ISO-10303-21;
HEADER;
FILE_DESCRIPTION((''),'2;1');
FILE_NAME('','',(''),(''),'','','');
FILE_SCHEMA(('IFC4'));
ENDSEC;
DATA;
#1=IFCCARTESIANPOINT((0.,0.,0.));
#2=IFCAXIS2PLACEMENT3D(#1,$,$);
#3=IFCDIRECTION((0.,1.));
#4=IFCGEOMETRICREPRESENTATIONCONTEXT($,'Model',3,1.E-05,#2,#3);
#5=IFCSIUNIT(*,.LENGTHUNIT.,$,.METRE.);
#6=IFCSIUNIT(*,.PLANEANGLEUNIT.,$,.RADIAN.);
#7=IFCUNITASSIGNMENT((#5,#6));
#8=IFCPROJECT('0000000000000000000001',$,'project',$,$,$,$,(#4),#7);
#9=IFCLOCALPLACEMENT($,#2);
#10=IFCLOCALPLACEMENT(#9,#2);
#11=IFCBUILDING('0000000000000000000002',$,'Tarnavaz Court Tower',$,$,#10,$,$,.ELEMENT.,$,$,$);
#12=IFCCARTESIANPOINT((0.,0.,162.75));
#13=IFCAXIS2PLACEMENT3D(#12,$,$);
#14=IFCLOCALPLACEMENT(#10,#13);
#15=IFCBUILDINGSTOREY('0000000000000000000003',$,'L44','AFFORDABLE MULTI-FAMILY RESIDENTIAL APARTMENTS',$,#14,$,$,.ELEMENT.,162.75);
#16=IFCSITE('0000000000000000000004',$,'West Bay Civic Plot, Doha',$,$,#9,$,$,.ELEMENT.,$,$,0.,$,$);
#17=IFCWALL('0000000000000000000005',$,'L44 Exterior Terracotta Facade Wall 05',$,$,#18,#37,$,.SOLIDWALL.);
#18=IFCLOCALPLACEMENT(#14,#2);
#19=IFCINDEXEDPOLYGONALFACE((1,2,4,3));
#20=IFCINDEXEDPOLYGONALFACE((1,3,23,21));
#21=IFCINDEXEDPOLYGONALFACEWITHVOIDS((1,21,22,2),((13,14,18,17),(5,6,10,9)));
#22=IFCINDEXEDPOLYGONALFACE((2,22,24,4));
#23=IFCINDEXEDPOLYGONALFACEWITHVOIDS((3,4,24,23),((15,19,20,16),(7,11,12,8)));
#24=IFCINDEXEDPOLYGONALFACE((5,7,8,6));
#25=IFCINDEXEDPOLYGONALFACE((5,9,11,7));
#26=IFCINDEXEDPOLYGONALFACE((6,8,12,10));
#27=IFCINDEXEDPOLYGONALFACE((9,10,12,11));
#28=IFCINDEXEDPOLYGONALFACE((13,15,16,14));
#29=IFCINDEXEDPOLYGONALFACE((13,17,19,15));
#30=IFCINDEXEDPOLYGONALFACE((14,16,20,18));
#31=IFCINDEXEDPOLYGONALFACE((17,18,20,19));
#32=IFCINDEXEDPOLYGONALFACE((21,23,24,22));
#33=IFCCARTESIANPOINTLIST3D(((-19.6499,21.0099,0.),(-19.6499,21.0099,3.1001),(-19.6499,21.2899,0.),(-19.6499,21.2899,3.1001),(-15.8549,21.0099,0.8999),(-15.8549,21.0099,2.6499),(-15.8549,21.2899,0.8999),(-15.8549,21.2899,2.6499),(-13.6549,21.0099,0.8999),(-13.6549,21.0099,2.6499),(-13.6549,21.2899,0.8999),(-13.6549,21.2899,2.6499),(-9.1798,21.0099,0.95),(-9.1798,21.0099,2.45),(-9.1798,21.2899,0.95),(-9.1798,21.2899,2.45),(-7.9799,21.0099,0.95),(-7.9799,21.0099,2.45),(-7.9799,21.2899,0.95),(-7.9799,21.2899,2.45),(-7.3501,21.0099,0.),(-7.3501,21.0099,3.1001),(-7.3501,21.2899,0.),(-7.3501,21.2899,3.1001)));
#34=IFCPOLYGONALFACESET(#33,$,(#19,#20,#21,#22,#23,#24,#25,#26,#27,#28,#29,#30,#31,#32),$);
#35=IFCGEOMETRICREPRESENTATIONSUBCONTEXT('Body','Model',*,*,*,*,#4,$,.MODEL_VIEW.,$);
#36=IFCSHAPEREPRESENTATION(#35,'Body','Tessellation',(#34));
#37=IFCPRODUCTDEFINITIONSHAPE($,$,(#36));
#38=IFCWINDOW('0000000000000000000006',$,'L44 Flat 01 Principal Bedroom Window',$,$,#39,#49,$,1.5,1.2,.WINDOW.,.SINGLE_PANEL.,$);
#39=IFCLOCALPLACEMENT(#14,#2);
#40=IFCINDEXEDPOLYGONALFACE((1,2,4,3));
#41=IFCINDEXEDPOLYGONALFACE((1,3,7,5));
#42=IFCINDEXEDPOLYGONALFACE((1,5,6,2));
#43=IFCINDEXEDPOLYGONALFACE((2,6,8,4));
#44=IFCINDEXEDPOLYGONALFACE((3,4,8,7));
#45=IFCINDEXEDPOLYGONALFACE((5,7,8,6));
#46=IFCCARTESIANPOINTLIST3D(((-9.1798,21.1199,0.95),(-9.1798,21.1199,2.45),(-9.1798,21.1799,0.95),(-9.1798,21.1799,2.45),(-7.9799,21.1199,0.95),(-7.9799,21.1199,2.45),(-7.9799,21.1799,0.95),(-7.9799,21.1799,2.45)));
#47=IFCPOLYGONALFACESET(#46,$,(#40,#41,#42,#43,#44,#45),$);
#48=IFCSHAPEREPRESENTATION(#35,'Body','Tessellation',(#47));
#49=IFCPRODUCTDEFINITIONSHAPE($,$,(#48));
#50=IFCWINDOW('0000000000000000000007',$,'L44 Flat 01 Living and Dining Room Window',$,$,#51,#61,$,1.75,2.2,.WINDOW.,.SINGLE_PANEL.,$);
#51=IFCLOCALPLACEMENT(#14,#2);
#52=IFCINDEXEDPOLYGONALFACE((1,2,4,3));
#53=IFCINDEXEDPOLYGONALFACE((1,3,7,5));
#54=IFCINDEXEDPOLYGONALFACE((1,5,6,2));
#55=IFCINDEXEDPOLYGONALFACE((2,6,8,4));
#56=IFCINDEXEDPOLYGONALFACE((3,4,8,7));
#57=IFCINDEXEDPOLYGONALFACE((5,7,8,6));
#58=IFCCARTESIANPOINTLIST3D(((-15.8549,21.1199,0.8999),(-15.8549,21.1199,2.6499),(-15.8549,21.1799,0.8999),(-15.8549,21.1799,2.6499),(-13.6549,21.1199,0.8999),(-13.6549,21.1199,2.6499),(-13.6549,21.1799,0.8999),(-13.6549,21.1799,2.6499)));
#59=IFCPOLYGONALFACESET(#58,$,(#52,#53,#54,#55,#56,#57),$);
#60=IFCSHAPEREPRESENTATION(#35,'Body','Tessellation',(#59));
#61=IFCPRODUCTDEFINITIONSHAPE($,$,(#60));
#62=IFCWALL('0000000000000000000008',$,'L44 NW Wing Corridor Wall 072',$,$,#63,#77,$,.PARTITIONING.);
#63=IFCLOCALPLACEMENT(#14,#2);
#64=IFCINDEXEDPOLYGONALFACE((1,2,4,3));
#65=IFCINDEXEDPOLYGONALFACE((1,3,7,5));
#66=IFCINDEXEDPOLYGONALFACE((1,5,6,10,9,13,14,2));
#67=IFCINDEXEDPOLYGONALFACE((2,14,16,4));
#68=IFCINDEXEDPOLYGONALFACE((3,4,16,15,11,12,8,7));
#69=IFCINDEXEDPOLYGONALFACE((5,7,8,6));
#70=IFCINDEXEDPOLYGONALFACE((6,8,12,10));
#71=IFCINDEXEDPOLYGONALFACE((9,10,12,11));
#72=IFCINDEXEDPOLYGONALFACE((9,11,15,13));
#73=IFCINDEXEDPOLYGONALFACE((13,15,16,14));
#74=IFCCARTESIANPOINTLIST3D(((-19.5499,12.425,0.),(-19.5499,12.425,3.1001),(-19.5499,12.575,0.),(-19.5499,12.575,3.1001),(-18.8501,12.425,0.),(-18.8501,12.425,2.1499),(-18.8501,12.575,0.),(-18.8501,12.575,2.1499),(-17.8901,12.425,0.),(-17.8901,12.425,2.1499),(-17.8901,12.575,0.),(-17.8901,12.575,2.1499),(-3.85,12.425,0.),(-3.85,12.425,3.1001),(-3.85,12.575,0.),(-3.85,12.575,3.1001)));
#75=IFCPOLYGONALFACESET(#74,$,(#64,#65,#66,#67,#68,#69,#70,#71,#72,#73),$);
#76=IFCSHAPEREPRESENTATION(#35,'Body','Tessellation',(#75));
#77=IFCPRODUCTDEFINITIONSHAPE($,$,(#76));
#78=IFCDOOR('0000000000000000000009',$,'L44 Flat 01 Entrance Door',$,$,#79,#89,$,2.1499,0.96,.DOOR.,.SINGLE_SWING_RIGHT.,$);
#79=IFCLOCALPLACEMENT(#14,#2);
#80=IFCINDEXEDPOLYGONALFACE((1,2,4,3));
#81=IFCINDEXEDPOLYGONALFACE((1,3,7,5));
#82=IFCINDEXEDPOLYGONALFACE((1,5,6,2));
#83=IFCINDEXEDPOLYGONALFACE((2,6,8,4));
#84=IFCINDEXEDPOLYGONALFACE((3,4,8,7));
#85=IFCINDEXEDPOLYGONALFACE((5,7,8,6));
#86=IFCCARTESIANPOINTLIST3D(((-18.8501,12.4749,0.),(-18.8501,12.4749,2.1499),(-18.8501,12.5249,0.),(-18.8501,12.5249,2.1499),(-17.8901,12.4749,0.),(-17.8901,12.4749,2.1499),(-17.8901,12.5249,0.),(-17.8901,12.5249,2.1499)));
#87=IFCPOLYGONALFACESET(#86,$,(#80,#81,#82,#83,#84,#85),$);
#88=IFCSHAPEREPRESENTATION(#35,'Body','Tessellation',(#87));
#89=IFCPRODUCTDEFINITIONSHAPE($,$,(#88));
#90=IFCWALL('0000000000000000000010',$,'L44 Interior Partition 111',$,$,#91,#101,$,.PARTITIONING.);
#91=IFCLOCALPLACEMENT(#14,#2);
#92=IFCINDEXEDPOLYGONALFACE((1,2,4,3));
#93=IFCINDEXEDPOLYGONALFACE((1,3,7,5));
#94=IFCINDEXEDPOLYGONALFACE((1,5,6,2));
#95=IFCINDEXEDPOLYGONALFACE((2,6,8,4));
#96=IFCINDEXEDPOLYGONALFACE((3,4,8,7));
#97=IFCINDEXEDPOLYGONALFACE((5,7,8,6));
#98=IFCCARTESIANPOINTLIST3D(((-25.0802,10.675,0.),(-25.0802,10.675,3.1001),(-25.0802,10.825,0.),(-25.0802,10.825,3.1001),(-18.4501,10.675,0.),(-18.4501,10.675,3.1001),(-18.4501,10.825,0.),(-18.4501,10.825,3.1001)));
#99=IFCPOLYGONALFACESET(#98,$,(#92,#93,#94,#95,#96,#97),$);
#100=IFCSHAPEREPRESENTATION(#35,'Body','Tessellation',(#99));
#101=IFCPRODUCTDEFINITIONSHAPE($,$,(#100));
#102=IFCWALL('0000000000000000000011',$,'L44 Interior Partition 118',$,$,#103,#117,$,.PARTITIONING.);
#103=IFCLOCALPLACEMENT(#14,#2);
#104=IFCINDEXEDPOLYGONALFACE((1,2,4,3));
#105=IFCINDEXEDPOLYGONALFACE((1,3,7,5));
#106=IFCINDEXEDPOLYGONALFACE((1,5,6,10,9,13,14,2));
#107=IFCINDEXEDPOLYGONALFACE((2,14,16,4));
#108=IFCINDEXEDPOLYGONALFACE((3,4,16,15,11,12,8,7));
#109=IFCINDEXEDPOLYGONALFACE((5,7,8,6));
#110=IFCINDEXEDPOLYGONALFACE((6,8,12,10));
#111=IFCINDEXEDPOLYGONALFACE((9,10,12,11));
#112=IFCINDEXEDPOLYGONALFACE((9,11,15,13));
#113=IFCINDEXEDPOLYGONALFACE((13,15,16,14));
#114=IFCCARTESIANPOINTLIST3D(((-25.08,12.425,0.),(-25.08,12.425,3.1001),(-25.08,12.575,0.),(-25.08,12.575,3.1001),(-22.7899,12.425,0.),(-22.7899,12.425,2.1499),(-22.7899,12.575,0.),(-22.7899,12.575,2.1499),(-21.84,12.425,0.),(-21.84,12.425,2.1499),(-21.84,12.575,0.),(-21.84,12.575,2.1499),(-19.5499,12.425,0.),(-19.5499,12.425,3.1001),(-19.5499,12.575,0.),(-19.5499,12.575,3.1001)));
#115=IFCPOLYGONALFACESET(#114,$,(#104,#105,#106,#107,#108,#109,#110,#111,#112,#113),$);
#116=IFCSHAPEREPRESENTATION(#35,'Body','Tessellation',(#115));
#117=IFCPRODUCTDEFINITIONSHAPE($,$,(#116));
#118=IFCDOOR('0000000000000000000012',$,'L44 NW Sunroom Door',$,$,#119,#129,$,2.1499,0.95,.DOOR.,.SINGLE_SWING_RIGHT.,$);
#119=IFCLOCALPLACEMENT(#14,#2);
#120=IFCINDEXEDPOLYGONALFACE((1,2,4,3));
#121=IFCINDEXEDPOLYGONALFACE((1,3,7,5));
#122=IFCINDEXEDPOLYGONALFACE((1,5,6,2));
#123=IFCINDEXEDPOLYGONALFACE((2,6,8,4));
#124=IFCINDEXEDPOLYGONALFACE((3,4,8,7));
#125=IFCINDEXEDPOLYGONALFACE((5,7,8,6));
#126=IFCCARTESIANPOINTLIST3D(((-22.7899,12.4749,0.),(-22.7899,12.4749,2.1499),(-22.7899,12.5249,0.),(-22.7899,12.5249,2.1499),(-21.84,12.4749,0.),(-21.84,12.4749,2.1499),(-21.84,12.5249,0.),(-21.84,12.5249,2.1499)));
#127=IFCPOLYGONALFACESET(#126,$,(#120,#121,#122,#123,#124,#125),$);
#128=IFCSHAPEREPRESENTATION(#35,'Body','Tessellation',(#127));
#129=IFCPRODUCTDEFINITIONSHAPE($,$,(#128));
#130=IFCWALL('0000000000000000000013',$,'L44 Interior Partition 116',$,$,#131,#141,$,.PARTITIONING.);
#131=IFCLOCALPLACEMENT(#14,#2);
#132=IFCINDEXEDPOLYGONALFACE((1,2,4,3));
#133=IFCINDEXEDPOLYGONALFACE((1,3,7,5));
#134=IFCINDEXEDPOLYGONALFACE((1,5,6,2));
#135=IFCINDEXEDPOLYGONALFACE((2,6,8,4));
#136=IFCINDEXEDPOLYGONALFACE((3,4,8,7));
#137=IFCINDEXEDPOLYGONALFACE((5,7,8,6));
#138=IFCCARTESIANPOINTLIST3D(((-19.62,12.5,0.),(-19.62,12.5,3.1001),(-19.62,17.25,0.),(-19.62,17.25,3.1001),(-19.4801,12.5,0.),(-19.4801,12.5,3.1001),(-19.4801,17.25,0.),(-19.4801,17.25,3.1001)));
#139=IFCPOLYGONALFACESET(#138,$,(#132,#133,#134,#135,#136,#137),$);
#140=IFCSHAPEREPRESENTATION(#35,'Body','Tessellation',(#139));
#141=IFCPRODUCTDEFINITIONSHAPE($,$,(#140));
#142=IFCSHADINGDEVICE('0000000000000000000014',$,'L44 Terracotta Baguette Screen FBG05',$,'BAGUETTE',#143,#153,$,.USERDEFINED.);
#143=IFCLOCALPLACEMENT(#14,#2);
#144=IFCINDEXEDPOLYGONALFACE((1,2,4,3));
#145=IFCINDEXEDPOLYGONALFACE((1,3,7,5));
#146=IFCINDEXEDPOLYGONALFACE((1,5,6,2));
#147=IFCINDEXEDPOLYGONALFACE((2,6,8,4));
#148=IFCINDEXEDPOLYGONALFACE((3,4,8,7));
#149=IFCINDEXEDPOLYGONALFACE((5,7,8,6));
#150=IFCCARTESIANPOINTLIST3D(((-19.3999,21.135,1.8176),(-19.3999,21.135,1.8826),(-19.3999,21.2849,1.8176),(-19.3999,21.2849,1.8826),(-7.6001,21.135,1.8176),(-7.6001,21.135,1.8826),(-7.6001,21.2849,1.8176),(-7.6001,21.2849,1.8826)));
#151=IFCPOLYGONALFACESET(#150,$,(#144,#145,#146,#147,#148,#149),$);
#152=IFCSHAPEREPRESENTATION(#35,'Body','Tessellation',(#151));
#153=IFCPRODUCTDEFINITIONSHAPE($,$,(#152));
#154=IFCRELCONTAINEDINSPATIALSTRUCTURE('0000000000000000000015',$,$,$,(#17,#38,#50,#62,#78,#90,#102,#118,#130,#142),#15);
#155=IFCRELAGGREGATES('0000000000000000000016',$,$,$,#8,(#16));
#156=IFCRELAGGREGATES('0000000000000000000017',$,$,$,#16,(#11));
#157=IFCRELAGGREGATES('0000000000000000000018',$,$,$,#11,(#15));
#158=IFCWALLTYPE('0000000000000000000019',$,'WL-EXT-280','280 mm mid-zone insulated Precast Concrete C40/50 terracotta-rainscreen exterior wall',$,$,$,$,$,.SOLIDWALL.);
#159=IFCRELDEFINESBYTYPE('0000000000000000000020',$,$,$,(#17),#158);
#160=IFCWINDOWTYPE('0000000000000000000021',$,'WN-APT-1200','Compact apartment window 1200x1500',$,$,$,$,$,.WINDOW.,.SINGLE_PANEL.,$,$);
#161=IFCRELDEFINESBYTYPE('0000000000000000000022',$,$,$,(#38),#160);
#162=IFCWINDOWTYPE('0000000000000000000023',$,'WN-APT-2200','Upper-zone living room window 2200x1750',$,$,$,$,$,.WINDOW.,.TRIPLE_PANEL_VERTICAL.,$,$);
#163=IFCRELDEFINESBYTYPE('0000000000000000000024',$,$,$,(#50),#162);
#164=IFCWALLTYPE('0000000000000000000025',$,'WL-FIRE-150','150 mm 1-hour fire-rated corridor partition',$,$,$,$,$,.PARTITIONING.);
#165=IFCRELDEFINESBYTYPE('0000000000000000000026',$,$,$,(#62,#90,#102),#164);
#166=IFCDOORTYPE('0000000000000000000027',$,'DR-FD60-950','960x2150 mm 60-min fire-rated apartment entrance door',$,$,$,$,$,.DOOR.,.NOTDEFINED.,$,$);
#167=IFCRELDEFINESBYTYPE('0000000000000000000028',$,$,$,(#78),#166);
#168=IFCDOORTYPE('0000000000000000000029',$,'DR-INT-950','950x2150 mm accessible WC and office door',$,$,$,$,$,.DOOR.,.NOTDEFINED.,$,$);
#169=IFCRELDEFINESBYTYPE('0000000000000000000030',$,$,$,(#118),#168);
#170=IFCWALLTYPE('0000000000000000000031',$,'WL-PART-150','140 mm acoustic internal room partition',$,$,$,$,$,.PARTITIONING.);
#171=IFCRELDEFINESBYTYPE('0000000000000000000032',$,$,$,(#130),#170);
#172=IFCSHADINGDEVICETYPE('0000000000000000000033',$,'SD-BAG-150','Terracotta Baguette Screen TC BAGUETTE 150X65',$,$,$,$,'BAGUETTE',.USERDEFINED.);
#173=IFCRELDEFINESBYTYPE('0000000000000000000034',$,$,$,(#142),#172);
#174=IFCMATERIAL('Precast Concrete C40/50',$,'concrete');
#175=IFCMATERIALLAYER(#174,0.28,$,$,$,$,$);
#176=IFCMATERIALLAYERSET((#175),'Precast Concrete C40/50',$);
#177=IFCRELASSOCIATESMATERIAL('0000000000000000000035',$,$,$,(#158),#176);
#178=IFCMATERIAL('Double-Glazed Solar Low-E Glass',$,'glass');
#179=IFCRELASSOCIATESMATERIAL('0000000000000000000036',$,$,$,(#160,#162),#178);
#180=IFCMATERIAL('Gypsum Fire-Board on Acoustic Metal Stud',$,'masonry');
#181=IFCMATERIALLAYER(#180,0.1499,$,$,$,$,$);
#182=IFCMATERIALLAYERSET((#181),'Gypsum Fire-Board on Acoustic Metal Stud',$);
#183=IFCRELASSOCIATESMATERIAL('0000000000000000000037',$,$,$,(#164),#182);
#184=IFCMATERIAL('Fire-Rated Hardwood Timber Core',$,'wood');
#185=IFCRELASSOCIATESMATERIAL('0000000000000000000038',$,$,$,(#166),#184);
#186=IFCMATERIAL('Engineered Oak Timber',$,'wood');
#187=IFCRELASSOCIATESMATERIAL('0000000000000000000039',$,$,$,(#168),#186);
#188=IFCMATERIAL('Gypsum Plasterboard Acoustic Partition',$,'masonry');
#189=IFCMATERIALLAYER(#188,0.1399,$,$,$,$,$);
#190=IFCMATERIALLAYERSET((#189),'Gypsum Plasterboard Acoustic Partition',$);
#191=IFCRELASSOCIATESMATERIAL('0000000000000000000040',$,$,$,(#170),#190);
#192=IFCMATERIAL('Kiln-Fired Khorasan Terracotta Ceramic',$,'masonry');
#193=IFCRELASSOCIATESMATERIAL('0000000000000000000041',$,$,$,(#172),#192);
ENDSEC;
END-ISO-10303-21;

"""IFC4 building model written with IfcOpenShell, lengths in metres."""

from ifc_helpers import new_model, si_unit, direction, frame, frame_2d, origin, origin_2d, place, context, subcontext, project, spatial, rectangle, extrude, material, layer, layer_set, material_profile, profile_set, type_object, element, fill, save


model = new_model("IFC4")

# Units and contexts
model_context = context("Model", 3, precision=1e-05, world=origin(), true_north=direction((0.0, 1.0)))
body_context = subcontext(model_context, "Body", "Model", "MODEL_VIEW")
ifc_project = project(units=[si_unit("LENGTHUNIT", "METRE"), si_unit("PLANEANGLEUNIT", "RADIAN")], contexts=[model_context])

# Site, building, storey
site_placement = place(None, origin())
site = spatial("IfcSite", under=ifc_project, at=site_placement, Name="West Bay Civic Plot, Doha", CompositionType="ELEMENT", RefElevation=0.0)
building_placement = place(site_placement, origin())
building = spatial("IfcBuilding", under=site, at=building_placement, Name="Tarnavaz Court Tower", CompositionType="ELEMENT")
storey_placement = place(building_placement, frame((0.0, 0.0, 162.75)))
storey = spatial("IfcBuildingStorey", under=building, at=storey_placement, Name="L44", Description="AFFORDABLE MULTI-FAMILY RESIDENTIAL APARTMENTS", CompositionType="ELEMENT", Elevation=162.75)

# Shared definitions
ifc_material_1 = material(Name="Precast Concrete C40/50", Category="concrete")
ifc_layer_1 = layer(ifc_material_1, 0.28)
ifc_layer_set_1 = layer_set([ifc_layer_1], Name="Precast Concrete C40/50")
wall_type_1 = type_object("IfcWallType", Name="WL-EXT-280", Description="280 mm mid-zone insulated Precast Concrete C40/50 terracotta-rainscreen exterior wall", PredefinedType="SOLIDWALL", material=ifc_layer_set_1)
ifc_material_2 = material(Name="Double-Glazed Solar Low-E Glass", Category="glass")

# Wall, openings, windows
wall_1_placement = place(storey_placement, frame((-19.6499, 21.1499, 0.0), z_axis=(0.0, 0.0, 1.0), x_axis=(1.0, 0.0, 0.0)))
wall_1 = element("IfcWall", 1, at=wall_1_placement, inside=storey, type_object=wall_type_1, Name="L44 Exterior Terracotta Facade Wall 05", PredefinedType="SOLIDWALL", context=body_context, shape_type="SweptSolid", body=[
    extrude(rectangle(XDim=12.2998, YDim=0.28, at=frame_2d((6.1499, 0.0))), origin(), (0.0, 0.0, 1.0), 3.1001),
])
opening_1_placement = place(wall_1_placement, frame((3.7949, 0.0, 0.8999)))
opening_1 = element("IfcOpeningElement", 2, at=opening_1_placement, cuts=wall_1, PredefinedType="OPENING", context=body_context, shape_type="SweptSolid", body=[
    extrude(rectangle(XDim=2.2, YDim=1.75, at=frame_2d((1.1001, 0.875))), frame((0.0, 0.1499, 0.0), z_axis=(0.0, -1.0, 0.0), x_axis=(1.0, 0.0, 0.0)), (0.0, 0.0, 1.0), 0.3),
])
opening_2_placement = place(wall_1_placement, frame((10.47, 0.0, 0.95)))
opening_2 = element("IfcOpeningElement", 3, at=opening_2_placement, cuts=wall_1, PredefinedType="OPENING", context=body_context, shape_type="SweptSolid", body=[
    extrude(rectangle(XDim=1.2, YDim=1.5, at=frame_2d((0.6001, 0.75))), frame((0.0, 0.1499, 0.0), z_axis=(0.0, -1.0, 0.0), x_axis=(1.0, 0.0, 0.0)), (0.0, 0.0, 1.0), 0.3),
])
window_type_1 = type_object("IfcWindowType", Name="WN-APT-1200", Description="Compact apartment window 1200x1500", PartitioningType="SINGLE_PANEL", PredefinedType="WINDOW", material=ifc_material_2)
window_1_placement = place(opening_2_placement, origin())
window_1 = element("IfcWindow", 4, at=window_1_placement, inside=storey, type_object=window_type_1, Name="L44 Flat 01 Principal Bedroom Window", OverallHeight=1.5, OverallWidth=1.2, PartitioningType="SINGLE_PANEL", PredefinedType="WINDOW", context=body_context, shape_type="SweptSolid", body=[
    extrude(rectangle(XDim=1.2, YDim=1.5, at=frame_2d((0.6001, 0.75))), frame((0.0, 0.03, 0.0), z_axis=(0.0, -1.0, 0.0), x_axis=(1.0, 0.0, 0.0)), (0.0, 0.0, 1.0), 0.0601),
])
fill(opening_2, window_1)
window_type_2 = type_object("IfcWindowType", Name="WN-APT-2200", Description="Upper-zone living room window 2200x1750", PartitioningType="TRIPLE_PANEL_VERTICAL", PredefinedType="WINDOW", material=ifc_material_2)
window_2_placement = place(opening_1_placement, origin())
window_2 = element("IfcWindow", 5, at=window_2_placement, inside=storey, type_object=window_type_2, Name="L44 Flat 01 Living and Dining Room Window", OverallHeight=1.75, OverallWidth=2.2, PartitioningType="SINGLE_PANEL", PredefinedType="WINDOW", context=body_context, shape_type="SweptSolid", body=[
    extrude(rectangle(XDim=2.2, YDim=1.75, at=frame_2d((1.1001, 0.875))), frame((0.0, 0.03, 0.0), z_axis=(0.0, -1.0, 0.0), x_axis=(1.0, 0.0, 0.0)), (0.0, 0.0, 1.0), 0.0601),
])
fill(opening_1, window_2)

# Wall, opening, door
ifc_material_3 = material(Name="Gypsum Fire-Board on Acoustic Metal Stud", Category="masonry")
ifc_layer_2 = layer(ifc_material_3, 0.1499)
ifc_layer_set_2 = layer_set([ifc_layer_2], Name="Gypsum Fire-Board on Acoustic Metal Stud")
wall_type_2 = type_object("IfcWallType", Name="WL-FIRE-150", Description="150 mm 1-hour fire-rated corridor partition", PredefinedType="PARTITIONING", material=ifc_layer_set_2)
wall_2_placement = place(storey_placement, frame((-19.55, 12.5, 0.0), z_axis=(0.0, 0.0, 1.0), x_axis=(1.0, 0.0, 0.0)))
wall_2 = element("IfcWall", 6, at=wall_2_placement, inside=storey, type_object=wall_type_2, Name="L44 NW Wing Corridor Wall 072", PredefinedType="PARTITIONING", context=body_context, shape_type="SweptSolid", body=[
    extrude(rectangle(XDim=15.7, YDim=0.1499, at=frame_2d((7.8501, 0.0))), origin(), (0.0, 0.0, 1.0), 3.1001),
])
opening_3_placement = place(wall_2_placement, frame((0.7, 0.0, 0.0)))
opening_3 = element("IfcOpeningElement", 7, at=opening_3_placement, cuts=wall_2, PredefinedType="OPENING", context=body_context, shape_type="SweptSolid", body=[
    extrude(rectangle(XDim=0.96, YDim=2.1499, at=frame_2d((0.48, 1.075))), frame((0.0, 0.085, 0.0), z_axis=(0.0, -1.0, 0.0), x_axis=(1.0, 0.0, 0.0)), (0.0, 0.0, 1.0), 0.1699),
])
ifc_material_4 = material(Name="Fire-Rated Hardwood Timber Core", Category="wood")
door_type_1 = type_object("IfcDoorType", Name="DR-FD60-950", Description="960x2150 mm 60-min fire-rated apartment entrance door", OperationType="NOTDEFINED", PredefinedType="DOOR", material=ifc_material_4)
door_1_placement = place(opening_3_placement, origin())
door_1 = element("IfcDoor", 8, at=door_1_placement, inside=storey, type_object=door_type_1, Name="L44 Flat 01 Entrance Door", OperationType="SINGLE_SWING_RIGHT", OverallHeight=2.1499, OverallWidth=0.96, PredefinedType="DOOR", context=body_context, shape_type="SweptSolid", body=[
    extrude(rectangle(XDim=0.96, YDim=2.1499, at=frame_2d((0.48, 1.075))), frame((0.0, 0.0249, 0.0), z_axis=(0.0, -1.0, 0.0), x_axis=(1.0, 0.0, 0.0)), (0.0, 0.0, 1.0), 0.05),
])
fill(opening_3, door_1)

# Wall
wall_3_placement = place(storey_placement, frame((-25.0801, 10.75, 0.0), z_axis=(0.0, 0.0, 1.0), x_axis=(1.0, 0.0, 0.0)))
element("IfcWall", 9, at=wall_3_placement, inside=storey, type_object=wall_type_2, Name="L44 Interior Partition 111", PredefinedType="PARTITIONING", context=body_context, shape_type="SweptSolid", body=[
    extrude(rectangle(XDim=6.6301, YDim=0.1499, at=frame_2d((3.3149, 0.0))), origin(), (0.0, 0.0, 1.0), 3.1001),
])

# Wall, opening, door
wall_4_placement = place(storey_placement, frame((-25.0801, 12.5, 0.0), z_axis=(0.0, 0.0, 1.0), x_axis=(1.0, 0.0, 0.0)))
wall_4 = element("IfcWall", 10, at=wall_4_placement, inside=storey, type_object=wall_type_2, Name="L44 Interior Partition 118", PredefinedType="PARTITIONING", context=body_context, shape_type="SweptSolid", body=[
    extrude(rectangle(XDim=5.53, YDim=0.1499, at=frame_2d((2.7651, 0.0))), origin(), (0.0, 0.0, 1.0), 3.1001),
])
opening_4_placement = place(wall_4_placement, frame((2.29, 0.0, 0.0)))
opening_4 = element("IfcOpeningElement", 11, at=opening_4_placement, cuts=wall_4, PredefinedType="OPENING", context=body_context, shape_type="SweptSolid", body=[
    extrude(rectangle(XDim=0.95, YDim=2.1499, at=frame_2d((0.4751, 1.075))), frame((0.0, 0.085, 0.0), z_axis=(0.0, -1.0, 0.0), x_axis=(1.0, 0.0, 0.0)), (0.0, 0.0, 1.0), 0.1699),
])
ifc_material_5 = material(Name="Engineered Oak Timber", Category="wood")
door_type_2 = type_object("IfcDoorType", Name="DR-INT-950", Description="950x2150 mm accessible WC and office door", OperationType="NOTDEFINED", PredefinedType="DOOR", material=ifc_material_5)
door_2_placement = place(opening_4_placement, origin())
door_2 = element("IfcDoor", 12, at=door_2_placement, inside=storey, type_object=door_type_2, Name="L44 NW Sunroom Door", OperationType="SINGLE_SWING_RIGHT", OverallHeight=2.1499, OverallWidth=0.95, PredefinedType="DOOR", context=body_context, shape_type="SweptSolid", body=[
    extrude(rectangle(XDim=0.95, YDim=2.1499, at=frame_2d((0.4751, 1.075))), frame((0.0, 0.0249, 0.0), z_axis=(0.0, -1.0, 0.0), x_axis=(1.0, 0.0, 0.0)), (0.0, 0.0, 1.0), 0.05),
])
fill(opening_4, door_2)

# Wall
ifc_material_6 = material(Name="Gypsum Plasterboard Acoustic Partition", Category="masonry")
ifc_layer_3 = layer(ifc_material_6, 0.1399)
ifc_layer_set_3 = layer_set([ifc_layer_3], Name="Gypsum Plasterboard Acoustic Partition")
wall_type_3 = type_object("IfcWallType", Name="WL-PART-150", Description="140 mm acoustic internal room partition", PredefinedType="PARTITIONING", material=ifc_layer_set_3)
wall_5_placement = place(storey_placement, frame((-19.55, 12.5, 0.0), z_axis=(0.0, 0.0, 1.0), x_axis=(0.0, 1.0, 0.0)))
element("IfcWall", 13, at=wall_5_placement, inside=storey, type_object=wall_type_3, Name="L44 Interior Partition 116", PredefinedType="PARTITIONING", context=body_context, shape_type="SweptSolid", body=[
    extrude(rectangle(XDim=4.75, YDim=0.1399, at=frame_2d((2.375, 0.0))), origin(), (0.0, 0.0, 1.0), 3.1001),
])

# Shading device
ifc_material_7 = material(Name="Kiln-Fired Khorasan Terracotta Ceramic", Category="masonry")
ifc_material_profile_1 = material_profile(ifc_material_7, rectangle(XDim=0.1499, YDim=0.0649, at=origin_2d()), Name="TC BAGUETTE 150X65")
ifc_profile_set_1 = profile_set([ifc_material_profile_1], Name="Kiln-Fired Khorasan Terracotta Ceramic")
shading_device_type = type_object("IfcShadingDeviceType", Name="SD-BAG-150", Description="Terracotta Baguette Screen TC BAGUETTE 150X65", ElementType="BAGUETTE", PredefinedType="USERDEFINED", material=ifc_profile_set_1)
shading_device_placement = place(storey_placement, frame((-19.3999, 21.21, 1.8501), z_axis=(1.0, 0.0, 0.0), x_axis=(0.0, 1.0, 0.0)))
element("IfcShadingDevice", 14, at=shading_device_placement, inside=storey, type_object=shading_device_type, Name="L44 Terracotta Baguette Screen FBG05", ObjectType="BAGUETTE", PredefinedType="USERDEFINED", context=body_context, shape_type="SweptSolid", body=[
    extrude(rectangle(XDim=0.1499, YDim=0.0649, at=origin_2d()), origin(), (0.0, 0.0, 1.0), 11.7998),
])

save(model, "model.ifc")
